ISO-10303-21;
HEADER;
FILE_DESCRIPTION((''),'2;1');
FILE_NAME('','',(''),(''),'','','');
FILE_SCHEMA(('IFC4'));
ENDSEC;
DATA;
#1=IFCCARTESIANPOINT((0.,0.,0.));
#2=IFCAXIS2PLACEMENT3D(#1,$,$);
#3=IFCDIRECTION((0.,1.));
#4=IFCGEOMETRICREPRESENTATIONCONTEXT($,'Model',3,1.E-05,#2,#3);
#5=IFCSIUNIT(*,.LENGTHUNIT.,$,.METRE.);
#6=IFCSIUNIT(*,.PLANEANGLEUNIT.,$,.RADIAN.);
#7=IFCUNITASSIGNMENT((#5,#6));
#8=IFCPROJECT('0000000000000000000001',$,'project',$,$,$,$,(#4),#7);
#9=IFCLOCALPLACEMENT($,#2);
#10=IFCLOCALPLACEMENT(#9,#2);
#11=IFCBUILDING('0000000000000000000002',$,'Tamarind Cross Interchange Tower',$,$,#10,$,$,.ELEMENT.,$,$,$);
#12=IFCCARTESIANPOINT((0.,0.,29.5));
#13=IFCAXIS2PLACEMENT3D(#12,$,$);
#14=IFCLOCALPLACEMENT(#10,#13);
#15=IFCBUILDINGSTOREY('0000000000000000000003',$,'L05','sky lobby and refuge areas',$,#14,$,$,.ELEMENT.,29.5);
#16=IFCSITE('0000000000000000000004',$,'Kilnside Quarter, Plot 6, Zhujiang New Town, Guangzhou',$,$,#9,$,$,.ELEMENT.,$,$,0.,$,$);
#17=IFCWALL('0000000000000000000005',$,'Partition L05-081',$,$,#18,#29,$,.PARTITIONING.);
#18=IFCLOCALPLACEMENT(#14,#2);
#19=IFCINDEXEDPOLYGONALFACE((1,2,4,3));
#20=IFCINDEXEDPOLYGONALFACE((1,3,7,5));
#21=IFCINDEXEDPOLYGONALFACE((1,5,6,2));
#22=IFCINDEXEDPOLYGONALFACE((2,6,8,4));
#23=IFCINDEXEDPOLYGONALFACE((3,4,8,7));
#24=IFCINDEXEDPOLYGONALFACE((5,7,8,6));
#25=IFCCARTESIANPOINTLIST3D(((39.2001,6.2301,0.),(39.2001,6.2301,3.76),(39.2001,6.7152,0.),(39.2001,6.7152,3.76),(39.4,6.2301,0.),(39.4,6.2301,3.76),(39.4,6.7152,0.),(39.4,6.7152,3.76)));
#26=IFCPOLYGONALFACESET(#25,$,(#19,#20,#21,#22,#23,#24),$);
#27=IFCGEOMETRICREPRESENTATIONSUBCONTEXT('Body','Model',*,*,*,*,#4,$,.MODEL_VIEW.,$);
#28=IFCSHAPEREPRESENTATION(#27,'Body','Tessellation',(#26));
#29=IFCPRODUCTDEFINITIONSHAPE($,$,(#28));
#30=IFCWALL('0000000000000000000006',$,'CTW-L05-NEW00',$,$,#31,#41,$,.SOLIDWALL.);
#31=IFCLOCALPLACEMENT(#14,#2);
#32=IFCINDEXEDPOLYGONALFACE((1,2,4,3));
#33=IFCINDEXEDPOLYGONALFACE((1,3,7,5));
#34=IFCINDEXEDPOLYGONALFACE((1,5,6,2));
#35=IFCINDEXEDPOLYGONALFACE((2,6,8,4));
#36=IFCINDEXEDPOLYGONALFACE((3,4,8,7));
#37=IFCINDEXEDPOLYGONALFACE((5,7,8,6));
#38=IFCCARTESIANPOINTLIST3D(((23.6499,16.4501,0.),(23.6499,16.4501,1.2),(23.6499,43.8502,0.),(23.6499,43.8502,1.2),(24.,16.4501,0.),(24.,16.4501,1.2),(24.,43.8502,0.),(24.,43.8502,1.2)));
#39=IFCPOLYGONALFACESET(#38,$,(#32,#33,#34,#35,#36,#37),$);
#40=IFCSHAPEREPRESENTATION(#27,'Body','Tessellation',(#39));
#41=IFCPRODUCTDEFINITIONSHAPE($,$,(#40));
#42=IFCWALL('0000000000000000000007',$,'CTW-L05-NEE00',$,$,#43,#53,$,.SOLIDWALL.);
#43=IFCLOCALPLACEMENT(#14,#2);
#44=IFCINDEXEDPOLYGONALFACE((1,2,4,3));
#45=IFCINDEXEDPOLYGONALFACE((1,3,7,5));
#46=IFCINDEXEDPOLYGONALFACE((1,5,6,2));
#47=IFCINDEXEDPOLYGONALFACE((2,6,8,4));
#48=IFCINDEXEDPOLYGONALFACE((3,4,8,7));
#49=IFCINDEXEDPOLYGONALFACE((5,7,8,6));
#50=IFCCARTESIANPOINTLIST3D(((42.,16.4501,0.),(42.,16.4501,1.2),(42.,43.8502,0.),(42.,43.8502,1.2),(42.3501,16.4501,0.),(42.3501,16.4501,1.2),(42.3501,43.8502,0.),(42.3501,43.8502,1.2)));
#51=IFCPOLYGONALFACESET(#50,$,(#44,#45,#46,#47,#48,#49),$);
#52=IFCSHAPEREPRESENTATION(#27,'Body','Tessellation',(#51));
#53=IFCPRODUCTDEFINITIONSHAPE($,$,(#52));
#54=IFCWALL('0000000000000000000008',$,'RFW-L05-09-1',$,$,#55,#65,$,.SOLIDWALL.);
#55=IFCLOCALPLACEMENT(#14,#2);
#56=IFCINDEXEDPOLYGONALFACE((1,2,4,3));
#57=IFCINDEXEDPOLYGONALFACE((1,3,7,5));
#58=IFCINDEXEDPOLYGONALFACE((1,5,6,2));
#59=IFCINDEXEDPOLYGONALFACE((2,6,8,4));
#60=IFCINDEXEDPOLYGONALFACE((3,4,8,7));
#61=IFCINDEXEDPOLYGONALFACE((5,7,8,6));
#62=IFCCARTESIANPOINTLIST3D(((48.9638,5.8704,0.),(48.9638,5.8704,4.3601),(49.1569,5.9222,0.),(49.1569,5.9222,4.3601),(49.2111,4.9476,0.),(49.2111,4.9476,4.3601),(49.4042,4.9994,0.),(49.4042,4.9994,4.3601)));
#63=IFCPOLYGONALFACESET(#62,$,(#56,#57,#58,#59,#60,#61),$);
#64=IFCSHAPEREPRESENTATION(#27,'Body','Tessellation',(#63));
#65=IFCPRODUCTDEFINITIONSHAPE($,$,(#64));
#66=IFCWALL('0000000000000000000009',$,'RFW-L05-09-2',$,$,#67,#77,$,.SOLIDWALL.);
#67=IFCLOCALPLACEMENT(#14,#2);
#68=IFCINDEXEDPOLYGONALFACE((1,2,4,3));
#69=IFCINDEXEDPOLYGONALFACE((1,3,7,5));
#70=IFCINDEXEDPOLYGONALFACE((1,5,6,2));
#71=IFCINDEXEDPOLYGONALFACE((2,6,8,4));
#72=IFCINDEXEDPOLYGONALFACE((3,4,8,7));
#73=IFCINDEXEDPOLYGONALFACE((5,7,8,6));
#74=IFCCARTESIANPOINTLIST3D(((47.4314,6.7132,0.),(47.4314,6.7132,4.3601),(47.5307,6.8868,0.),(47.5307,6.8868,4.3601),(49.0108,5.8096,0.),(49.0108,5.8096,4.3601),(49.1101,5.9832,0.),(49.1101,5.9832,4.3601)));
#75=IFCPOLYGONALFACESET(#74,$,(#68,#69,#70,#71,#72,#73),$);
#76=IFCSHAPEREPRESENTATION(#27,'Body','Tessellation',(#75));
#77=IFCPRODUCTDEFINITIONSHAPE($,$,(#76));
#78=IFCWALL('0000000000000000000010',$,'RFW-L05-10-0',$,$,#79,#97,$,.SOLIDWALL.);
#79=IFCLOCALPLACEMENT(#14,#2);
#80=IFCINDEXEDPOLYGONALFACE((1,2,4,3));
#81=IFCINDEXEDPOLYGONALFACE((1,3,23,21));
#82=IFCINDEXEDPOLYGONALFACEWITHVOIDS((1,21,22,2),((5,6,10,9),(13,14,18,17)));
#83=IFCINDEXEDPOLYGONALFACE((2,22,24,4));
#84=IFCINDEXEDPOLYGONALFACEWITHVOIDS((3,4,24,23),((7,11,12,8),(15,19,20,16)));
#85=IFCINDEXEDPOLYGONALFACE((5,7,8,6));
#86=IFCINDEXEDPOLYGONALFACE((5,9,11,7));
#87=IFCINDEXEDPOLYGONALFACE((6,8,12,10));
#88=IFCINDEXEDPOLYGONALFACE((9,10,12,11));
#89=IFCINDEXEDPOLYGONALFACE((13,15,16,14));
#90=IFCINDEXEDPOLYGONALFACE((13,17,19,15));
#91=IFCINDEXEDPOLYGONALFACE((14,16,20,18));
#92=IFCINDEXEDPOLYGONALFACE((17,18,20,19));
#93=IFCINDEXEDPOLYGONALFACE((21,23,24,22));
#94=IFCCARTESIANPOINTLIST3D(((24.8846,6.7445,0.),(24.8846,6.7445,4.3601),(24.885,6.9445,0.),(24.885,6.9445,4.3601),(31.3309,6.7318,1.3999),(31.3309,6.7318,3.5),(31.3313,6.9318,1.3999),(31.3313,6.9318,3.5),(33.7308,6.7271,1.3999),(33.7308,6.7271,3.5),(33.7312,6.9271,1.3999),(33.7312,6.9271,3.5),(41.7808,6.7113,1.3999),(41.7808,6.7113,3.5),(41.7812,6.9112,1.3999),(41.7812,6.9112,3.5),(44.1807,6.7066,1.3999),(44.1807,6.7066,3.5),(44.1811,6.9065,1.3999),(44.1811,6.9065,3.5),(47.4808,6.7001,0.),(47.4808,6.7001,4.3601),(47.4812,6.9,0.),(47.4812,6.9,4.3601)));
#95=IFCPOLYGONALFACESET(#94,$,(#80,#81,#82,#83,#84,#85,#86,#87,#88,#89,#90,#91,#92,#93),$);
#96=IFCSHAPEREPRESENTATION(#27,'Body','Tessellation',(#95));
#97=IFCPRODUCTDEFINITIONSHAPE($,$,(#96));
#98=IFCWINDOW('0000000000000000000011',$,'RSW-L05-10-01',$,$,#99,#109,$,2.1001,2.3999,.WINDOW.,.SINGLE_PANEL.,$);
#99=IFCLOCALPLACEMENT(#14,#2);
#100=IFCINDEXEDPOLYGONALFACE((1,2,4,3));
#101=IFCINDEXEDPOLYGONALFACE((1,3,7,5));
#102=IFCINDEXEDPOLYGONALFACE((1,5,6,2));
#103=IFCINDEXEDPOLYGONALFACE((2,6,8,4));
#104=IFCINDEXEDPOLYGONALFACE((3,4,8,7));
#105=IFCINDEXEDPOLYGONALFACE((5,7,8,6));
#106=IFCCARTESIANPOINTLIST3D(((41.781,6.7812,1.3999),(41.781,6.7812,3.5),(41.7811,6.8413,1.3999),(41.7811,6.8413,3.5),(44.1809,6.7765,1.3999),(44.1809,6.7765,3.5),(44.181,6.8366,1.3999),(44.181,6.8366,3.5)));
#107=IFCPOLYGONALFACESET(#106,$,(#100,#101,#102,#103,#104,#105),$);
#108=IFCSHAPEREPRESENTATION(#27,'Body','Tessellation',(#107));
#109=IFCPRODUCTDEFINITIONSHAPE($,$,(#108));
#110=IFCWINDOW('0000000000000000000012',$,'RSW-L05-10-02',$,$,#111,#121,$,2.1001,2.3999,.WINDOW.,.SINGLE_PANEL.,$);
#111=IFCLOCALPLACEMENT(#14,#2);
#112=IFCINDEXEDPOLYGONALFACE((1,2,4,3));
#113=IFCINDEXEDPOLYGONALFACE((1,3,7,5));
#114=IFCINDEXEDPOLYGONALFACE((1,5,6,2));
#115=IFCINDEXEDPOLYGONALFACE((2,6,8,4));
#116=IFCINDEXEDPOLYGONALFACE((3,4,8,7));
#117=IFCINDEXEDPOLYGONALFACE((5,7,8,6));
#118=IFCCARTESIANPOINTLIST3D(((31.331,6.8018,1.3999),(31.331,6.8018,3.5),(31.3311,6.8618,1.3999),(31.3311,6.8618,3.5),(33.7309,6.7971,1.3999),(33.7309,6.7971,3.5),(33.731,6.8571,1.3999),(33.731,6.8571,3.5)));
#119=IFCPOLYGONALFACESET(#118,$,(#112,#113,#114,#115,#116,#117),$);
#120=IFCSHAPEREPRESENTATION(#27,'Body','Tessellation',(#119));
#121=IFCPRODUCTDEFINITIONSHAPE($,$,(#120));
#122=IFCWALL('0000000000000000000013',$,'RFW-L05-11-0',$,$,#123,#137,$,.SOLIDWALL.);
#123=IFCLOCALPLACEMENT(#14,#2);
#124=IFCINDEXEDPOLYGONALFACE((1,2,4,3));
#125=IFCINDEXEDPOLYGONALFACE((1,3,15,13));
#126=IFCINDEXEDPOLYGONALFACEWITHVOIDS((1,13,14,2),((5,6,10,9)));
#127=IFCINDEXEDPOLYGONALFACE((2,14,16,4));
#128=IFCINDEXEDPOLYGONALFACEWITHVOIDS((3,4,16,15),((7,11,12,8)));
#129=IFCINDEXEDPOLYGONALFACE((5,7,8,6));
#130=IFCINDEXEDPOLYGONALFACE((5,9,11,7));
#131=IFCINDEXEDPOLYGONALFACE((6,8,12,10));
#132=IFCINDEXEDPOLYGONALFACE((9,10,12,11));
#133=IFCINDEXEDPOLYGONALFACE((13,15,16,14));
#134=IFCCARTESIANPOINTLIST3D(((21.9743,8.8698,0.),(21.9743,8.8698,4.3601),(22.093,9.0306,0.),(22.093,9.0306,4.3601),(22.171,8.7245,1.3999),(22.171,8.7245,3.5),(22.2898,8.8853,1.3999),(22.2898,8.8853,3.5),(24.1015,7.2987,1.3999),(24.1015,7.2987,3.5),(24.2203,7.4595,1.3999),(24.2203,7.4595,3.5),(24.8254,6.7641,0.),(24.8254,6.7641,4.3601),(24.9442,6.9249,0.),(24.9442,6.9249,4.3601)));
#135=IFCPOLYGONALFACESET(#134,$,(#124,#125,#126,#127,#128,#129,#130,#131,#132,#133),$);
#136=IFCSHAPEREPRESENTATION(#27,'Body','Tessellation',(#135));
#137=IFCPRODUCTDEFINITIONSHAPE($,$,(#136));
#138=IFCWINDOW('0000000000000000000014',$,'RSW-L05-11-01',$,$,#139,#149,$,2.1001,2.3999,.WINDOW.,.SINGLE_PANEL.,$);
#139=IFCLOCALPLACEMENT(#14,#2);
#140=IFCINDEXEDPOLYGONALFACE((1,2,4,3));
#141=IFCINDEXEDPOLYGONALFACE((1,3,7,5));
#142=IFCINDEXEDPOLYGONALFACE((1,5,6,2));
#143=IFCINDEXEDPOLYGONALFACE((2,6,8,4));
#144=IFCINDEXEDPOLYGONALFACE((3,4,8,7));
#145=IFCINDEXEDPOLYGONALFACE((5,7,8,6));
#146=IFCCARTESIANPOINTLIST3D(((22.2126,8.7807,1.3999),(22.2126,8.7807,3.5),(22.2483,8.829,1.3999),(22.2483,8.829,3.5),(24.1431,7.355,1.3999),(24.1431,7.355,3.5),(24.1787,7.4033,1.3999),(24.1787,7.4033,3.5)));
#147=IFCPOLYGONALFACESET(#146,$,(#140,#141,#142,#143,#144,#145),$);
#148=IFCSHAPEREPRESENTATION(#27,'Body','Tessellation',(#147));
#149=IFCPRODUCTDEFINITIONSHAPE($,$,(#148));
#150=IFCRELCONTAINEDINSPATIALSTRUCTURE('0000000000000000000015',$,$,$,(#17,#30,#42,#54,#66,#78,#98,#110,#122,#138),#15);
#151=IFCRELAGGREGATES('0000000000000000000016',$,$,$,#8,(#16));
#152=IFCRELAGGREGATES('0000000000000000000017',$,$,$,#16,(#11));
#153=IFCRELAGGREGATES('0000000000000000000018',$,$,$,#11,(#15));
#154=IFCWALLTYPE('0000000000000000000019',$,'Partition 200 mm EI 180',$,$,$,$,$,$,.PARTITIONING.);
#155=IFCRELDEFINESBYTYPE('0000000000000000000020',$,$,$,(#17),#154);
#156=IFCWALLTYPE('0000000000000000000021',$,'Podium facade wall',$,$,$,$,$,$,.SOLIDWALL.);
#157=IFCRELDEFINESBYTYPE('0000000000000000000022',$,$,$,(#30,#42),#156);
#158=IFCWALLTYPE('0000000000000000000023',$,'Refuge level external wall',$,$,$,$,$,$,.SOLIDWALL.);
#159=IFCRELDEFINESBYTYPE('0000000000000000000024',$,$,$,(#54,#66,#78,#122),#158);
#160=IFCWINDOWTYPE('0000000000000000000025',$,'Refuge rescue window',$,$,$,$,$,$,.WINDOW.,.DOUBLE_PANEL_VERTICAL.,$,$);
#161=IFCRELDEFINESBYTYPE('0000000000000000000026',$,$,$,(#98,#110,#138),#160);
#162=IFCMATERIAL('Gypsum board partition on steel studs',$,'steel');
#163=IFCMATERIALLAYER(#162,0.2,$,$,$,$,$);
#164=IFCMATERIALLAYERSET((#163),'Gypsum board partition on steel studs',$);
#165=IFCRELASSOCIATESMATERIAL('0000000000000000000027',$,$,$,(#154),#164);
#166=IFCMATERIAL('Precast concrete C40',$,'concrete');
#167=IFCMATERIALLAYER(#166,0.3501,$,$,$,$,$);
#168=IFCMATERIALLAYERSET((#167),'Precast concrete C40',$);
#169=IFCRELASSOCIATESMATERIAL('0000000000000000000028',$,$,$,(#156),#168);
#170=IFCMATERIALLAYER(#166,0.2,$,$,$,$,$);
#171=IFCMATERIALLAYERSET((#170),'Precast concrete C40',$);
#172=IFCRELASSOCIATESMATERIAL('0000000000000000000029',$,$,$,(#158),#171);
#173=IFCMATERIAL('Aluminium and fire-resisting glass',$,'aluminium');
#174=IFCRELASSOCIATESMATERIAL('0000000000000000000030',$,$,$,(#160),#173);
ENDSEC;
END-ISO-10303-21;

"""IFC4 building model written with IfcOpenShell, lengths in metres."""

from ifc_helpers import new_model, si_unit, direction, frame, frame_2d, origin, place, context, subcontext, project, spatial, rectangle, extrude, material, layer, layer_set, type_object, element, fill, save


model = new_model("IFC4")

# Units and contexts
model_context = context("Model", 3, precision=1e-05, world=origin(), true_north=direction((0.0, 1.0)))
body_context = subcontext(model_context, "Body", "Model", "MODEL_VIEW")
ifc_project = project(units=[si_unit("LENGTHUNIT", "METRE"), si_unit("PLANEANGLEUNIT", "RADIAN")], contexts=[model_context])

# Site, building, storey
site_placement = place(None, origin())
site = spatial("IfcSite", under=ifc_project, at=site_placement, Name="Kilnside Quarter, Plot 6, Zhujiang New Town, Guangzhou", CompositionType="ELEMENT", RefElevation=0.0)
building_placement = place(site_placement, origin())
building = spatial("IfcBuilding", under=site, at=building_placement, Name="Tamarind Cross Interchange Tower", CompositionType="ELEMENT")
storey_placement = place(building_placement, frame((0.0, 0.0, 29.5)))
storey = spatial("IfcBuildingStorey", under=building, at=storey_placement, Name="L05", Description="sky lobby and refuge areas", CompositionType="ELEMENT", Elevation=29.5)

# Shared definitions
ifc_material_1 = material(Name="Gypsum board partition on steel studs", Category="steel")
ifc_layer_1 = layer(ifc_material_1, 0.2)
ifc_layer_set_1 = layer_set([ifc_layer_1], Name="Gypsum board partition on steel studs")
wall_type_1 = type_object("IfcWallType", Name="Partition 200 mm EI 180", PredefinedType="PARTITIONING", material=ifc_layer_set_1)

# Walls
wall_1_placement = place(storey_placement, frame((39.3, 6.23, 0.0), z_axis=(0.0, 0.0, 1.0), x_axis=(0.0, 1.0, 0.0)))
element("IfcWall", 1, at=wall_1_placement, inside=storey, type_object=wall_type_1, Name="Partition L05-081", PredefinedType="PARTITIONING", context=body_context, shape_type="SweptSolid", body=[
    extrude(rectangle(XDim=0.4851, YDim=0.2, at=frame_2d((0.2427, 0.0))), origin(), (0.0, 0.0, 1.0), 3.76),
])
ifc_material_2 = material(Name="Precast concrete C40", Category="concrete")
ifc_layer_2 = layer(ifc_material_2, 0.3501)
ifc_layer_set_2 = layer_set([ifc_layer_2], Name="Precast concrete C40")
wall_type_2 = type_object("IfcWallType", Name="Podium facade wall", PredefinedType="SOLIDWALL", material=ifc_layer_set_2)
for number, where, z_axis, x_axis, name in (
    (2, (23.825, 16.45, 0.0), (0.0, 0.0, 1.0), (0.0, 1.0, 0.0), "CTW-L05-NEW00"),
    (3, (42.175, 16.45, 0.0), (0.0, 0.0, 1.0), (0.0, 1.0, 0.0), "CTW-L05-NEE00"),
):
    element("IfcWall", number, at=place(storey_placement, frame(where, z_axis=z_axis, x_axis=x_axis)), inside=storey, type_object=wall_type_2, Name=name, PredefinedType="SOLIDWALL", context=body_context, shape_type="SweptSolid", body=[
        extrude(rectangle(XDim=27.4001, YDim=0.3501, at=frame_2d((13.7002, 0.0))), origin(), (0.0, 0.0, 1.0), 1.2),
    ])
ifc_layer_3 = layer(ifc_material_2, 0.2)
ifc_layer_set_3 = layer_set([ifc_layer_3], Name="Precast concrete C40")
wall_type_3 = type_object("IfcWallType", Name="Refuge level external wall", PredefinedType="SOLIDWALL", material=ifc_layer_set_3)
wall_2_placement = place(storey_placement, frame((49.3076, 4.9736, 0.0), z_axis=(0.0, 0.0, 1.0), x_axis=(-0.258855, 0.965916, 0.0)))
element("IfcWall", 4, at=wall_2_placement, inside=storey, type_object=wall_type_3, Name="RFW-L05-09-1", PredefinedType="SOLIDWALL", context=body_context, shape_type="SweptSolid", body=[
    extrude(rectangle(XDim=0.9553, YDim=0.2, at=frame_2d((0.4775, 0.0))), origin(), (0.0, 0.0, 1.0), 4.3601),
])
wall_3_placement = place(storey_placement, frame((49.0603, 5.8965, 0.0), z_axis=(0.0, 0.0, 1.0), x_axis=(-0.867987, 0.496587, 0.0)))
element("IfcWall", 5, at=wall_3_placement, inside=storey, type_object=wall_type_3, Name="RFW-L05-09-2", PredefinedType="SOLIDWALL", context=body_context, shape_type="SweptSolid", body=[
    extrude(rectangle(XDim=1.8196, YDim=0.2, at=frame_2d((0.9097, 0.0))), origin(), (0.0, 0.0, 1.0), 4.3601),
])

# Wall, openings, windows
wall_4_placement = place(storey_placement, frame((47.481, 6.8, 0.0), z_axis=(0.0, 0.0, 1.0), x_axis=(-0.999998, 0.001966, 0.0)))
wall_4 = element("IfcWall", 6, at=wall_4_placement, inside=storey, type_object=wall_type_3, Name="RFW-L05-10-0", PredefinedType="SOLIDWALL", context=body_context, shape_type="SweptSolid", body=[
    extrude(rectangle(XDim=22.5962, YDim=0.2, at=frame_2d((11.2981, 0.0))), origin(), (0.0, 0.0, 1.0), 4.3601),
])
opening_1_placement = place(wall_4_placement, frame((3.3, 0.0, 1.3999)))
opening_1 = element("IfcOpeningElement", 7, at=opening_1_placement, cuts=wall_4, PredefinedType="OPENING", context=body_context, shape_type="SweptSolid", body=[
    extrude(rectangle(XDim=2.3999, YDim=2.1001, at=frame_2d((1.2, 1.05))), frame((0.0, 0.1099, 0.0), z_axis=(0.0, -1.0, 0.0), x_axis=(1.0, 0.0, 0.0)), (0.0, 0.0, 1.0), 0.22),
])
opening_2_placement = place(wall_4_placement, frame((13.75, 0.0, 1.3999)))
opening_2 = element("IfcOpeningElement", 8, at=opening_2_placement, cuts=wall_4, PredefinedType="OPENING", context=body_context, shape_type="SweptSolid", body=[
    extrude(rectangle(XDim=2.3999, YDim=2.1001, at=frame_2d((1.2, 1.05))), frame((0.0, 0.1099, 0.0), z_axis=(0.0, -1.0, 0.0), x_axis=(1.0, 0.0, 0.0)), (0.0, 0.0, 1.0), 0.22),
])
ifc_material_3 = material(Name="Aluminium and fire-resisting glass", Category="aluminium")
window_type = type_object("IfcWindowType", Name="Refuge rescue window", PartitioningType="DOUBLE_PANEL_VERTICAL", PredefinedType="WINDOW", material=ifc_material_3)
window_1_placement = place(opening_1_placement, origin())
window_1 = element("IfcWindow", 9, at=window_1_placement, inside=storey, type_object=window_type, Name="RSW-L05-10-01", OverallHeight=2.1001, OverallWidth=2.3999, PartitioningType="SINGLE_PANEL", PredefinedType="WINDOW", context=body_context, shape_type="SweptSolid", body=[
    extrude(rectangle(XDim=2.3999, YDim=2.1001, at=frame_2d((1.2, 1.05))), frame((0.0, 0.03, 0.0), z_axis=(0.0, -1.0, 0.0), x_axis=(1.0, 0.0, 0.0)), (0.0, 0.0, 1.0), 0.0601),
])
fill(opening_1, window_1)
window_2_placement = place(opening_2_placement, origin())
window_2 = element("IfcWindow", 10, at=window_2_placement, inside=storey, type_object=window_type, Name="RSW-L05-10-02", OverallHeight=2.1001, OverallWidth=2.3999, PartitioningType="SINGLE_PANEL", PredefinedType="WINDOW", context=body_context, shape_type="SweptSolid", body=[
    extrude(rectangle(XDim=2.3999, YDim=2.1001, at=frame_2d((1.2, 1.05))), frame((0.0, 0.03, 0.0), z_axis=(0.0, -1.0, 0.0), x_axis=(1.0, 0.0, 0.0)), (0.0, 0.0, 1.0), 0.0601),
])
fill(opening_2, window_2)

# Wall, opening, window
wall_5_placement = place(storey_placement, frame((24.8848, 6.8445, 0.0), z_axis=(0.0, 0.0, 1.0), x_axis=(-0.804392, 0.594099, 0.0)))
wall_5 = element("IfcWall", 11, at=wall_5_placement, inside=storey, type_object=wall_type_3, Name="RFW-L05-11-0", PredefinedType="SOLIDWALL", context=body_context, shape_type="SweptSolid", body=[
    extrude(rectangle(XDim=3.5444, YDim=0.2, at=frame_2d((1.7722, 0.0))), origin(), (0.0, 0.0, 1.0), 4.3601),
])
opening_3_placement = place(wall_5_placement, frame((0.8999, 0.0, 1.3999)))
opening_3 = element("IfcOpeningElement", 12, at=opening_3_placement, cuts=wall_5, PredefinedType="OPENING", context=body_context, shape_type="SweptSolid", body=[
    extrude(rectangle(XDim=2.3999, YDim=2.1001, at=frame_2d((1.2, 1.05))), frame((0.0, 0.1099, 0.0), z_axis=(0.0, -1.0, 0.0), x_axis=(1.0, 0.0, 0.0)), (0.0, 0.0, 1.0), 0.22),
])
window_3_placement = place(opening_3_placement, origin())
window_3 = element("IfcWindow", 13, at=window_3_placement, inside=storey, type_object=window_type, Name="RSW-L05-11-01", OverallHeight=2.1001, OverallWidth=2.3999, PartitioningType="SINGLE_PANEL", PredefinedType="WINDOW", context=body_context, shape_type="SweptSolid", body=[
    extrude(rectangle(XDim=2.3999, YDim=2.1001, at=frame_2d((1.2, 1.05))), frame((0.0, 0.03, 0.0), z_axis=(0.0, -1.0, 0.0), x_axis=(1.0, 0.0, 0.0)), (0.0, 0.0, 1.0), 0.0601),
])
fill(opening_3, window_3)

save(model, "model.ifc")
